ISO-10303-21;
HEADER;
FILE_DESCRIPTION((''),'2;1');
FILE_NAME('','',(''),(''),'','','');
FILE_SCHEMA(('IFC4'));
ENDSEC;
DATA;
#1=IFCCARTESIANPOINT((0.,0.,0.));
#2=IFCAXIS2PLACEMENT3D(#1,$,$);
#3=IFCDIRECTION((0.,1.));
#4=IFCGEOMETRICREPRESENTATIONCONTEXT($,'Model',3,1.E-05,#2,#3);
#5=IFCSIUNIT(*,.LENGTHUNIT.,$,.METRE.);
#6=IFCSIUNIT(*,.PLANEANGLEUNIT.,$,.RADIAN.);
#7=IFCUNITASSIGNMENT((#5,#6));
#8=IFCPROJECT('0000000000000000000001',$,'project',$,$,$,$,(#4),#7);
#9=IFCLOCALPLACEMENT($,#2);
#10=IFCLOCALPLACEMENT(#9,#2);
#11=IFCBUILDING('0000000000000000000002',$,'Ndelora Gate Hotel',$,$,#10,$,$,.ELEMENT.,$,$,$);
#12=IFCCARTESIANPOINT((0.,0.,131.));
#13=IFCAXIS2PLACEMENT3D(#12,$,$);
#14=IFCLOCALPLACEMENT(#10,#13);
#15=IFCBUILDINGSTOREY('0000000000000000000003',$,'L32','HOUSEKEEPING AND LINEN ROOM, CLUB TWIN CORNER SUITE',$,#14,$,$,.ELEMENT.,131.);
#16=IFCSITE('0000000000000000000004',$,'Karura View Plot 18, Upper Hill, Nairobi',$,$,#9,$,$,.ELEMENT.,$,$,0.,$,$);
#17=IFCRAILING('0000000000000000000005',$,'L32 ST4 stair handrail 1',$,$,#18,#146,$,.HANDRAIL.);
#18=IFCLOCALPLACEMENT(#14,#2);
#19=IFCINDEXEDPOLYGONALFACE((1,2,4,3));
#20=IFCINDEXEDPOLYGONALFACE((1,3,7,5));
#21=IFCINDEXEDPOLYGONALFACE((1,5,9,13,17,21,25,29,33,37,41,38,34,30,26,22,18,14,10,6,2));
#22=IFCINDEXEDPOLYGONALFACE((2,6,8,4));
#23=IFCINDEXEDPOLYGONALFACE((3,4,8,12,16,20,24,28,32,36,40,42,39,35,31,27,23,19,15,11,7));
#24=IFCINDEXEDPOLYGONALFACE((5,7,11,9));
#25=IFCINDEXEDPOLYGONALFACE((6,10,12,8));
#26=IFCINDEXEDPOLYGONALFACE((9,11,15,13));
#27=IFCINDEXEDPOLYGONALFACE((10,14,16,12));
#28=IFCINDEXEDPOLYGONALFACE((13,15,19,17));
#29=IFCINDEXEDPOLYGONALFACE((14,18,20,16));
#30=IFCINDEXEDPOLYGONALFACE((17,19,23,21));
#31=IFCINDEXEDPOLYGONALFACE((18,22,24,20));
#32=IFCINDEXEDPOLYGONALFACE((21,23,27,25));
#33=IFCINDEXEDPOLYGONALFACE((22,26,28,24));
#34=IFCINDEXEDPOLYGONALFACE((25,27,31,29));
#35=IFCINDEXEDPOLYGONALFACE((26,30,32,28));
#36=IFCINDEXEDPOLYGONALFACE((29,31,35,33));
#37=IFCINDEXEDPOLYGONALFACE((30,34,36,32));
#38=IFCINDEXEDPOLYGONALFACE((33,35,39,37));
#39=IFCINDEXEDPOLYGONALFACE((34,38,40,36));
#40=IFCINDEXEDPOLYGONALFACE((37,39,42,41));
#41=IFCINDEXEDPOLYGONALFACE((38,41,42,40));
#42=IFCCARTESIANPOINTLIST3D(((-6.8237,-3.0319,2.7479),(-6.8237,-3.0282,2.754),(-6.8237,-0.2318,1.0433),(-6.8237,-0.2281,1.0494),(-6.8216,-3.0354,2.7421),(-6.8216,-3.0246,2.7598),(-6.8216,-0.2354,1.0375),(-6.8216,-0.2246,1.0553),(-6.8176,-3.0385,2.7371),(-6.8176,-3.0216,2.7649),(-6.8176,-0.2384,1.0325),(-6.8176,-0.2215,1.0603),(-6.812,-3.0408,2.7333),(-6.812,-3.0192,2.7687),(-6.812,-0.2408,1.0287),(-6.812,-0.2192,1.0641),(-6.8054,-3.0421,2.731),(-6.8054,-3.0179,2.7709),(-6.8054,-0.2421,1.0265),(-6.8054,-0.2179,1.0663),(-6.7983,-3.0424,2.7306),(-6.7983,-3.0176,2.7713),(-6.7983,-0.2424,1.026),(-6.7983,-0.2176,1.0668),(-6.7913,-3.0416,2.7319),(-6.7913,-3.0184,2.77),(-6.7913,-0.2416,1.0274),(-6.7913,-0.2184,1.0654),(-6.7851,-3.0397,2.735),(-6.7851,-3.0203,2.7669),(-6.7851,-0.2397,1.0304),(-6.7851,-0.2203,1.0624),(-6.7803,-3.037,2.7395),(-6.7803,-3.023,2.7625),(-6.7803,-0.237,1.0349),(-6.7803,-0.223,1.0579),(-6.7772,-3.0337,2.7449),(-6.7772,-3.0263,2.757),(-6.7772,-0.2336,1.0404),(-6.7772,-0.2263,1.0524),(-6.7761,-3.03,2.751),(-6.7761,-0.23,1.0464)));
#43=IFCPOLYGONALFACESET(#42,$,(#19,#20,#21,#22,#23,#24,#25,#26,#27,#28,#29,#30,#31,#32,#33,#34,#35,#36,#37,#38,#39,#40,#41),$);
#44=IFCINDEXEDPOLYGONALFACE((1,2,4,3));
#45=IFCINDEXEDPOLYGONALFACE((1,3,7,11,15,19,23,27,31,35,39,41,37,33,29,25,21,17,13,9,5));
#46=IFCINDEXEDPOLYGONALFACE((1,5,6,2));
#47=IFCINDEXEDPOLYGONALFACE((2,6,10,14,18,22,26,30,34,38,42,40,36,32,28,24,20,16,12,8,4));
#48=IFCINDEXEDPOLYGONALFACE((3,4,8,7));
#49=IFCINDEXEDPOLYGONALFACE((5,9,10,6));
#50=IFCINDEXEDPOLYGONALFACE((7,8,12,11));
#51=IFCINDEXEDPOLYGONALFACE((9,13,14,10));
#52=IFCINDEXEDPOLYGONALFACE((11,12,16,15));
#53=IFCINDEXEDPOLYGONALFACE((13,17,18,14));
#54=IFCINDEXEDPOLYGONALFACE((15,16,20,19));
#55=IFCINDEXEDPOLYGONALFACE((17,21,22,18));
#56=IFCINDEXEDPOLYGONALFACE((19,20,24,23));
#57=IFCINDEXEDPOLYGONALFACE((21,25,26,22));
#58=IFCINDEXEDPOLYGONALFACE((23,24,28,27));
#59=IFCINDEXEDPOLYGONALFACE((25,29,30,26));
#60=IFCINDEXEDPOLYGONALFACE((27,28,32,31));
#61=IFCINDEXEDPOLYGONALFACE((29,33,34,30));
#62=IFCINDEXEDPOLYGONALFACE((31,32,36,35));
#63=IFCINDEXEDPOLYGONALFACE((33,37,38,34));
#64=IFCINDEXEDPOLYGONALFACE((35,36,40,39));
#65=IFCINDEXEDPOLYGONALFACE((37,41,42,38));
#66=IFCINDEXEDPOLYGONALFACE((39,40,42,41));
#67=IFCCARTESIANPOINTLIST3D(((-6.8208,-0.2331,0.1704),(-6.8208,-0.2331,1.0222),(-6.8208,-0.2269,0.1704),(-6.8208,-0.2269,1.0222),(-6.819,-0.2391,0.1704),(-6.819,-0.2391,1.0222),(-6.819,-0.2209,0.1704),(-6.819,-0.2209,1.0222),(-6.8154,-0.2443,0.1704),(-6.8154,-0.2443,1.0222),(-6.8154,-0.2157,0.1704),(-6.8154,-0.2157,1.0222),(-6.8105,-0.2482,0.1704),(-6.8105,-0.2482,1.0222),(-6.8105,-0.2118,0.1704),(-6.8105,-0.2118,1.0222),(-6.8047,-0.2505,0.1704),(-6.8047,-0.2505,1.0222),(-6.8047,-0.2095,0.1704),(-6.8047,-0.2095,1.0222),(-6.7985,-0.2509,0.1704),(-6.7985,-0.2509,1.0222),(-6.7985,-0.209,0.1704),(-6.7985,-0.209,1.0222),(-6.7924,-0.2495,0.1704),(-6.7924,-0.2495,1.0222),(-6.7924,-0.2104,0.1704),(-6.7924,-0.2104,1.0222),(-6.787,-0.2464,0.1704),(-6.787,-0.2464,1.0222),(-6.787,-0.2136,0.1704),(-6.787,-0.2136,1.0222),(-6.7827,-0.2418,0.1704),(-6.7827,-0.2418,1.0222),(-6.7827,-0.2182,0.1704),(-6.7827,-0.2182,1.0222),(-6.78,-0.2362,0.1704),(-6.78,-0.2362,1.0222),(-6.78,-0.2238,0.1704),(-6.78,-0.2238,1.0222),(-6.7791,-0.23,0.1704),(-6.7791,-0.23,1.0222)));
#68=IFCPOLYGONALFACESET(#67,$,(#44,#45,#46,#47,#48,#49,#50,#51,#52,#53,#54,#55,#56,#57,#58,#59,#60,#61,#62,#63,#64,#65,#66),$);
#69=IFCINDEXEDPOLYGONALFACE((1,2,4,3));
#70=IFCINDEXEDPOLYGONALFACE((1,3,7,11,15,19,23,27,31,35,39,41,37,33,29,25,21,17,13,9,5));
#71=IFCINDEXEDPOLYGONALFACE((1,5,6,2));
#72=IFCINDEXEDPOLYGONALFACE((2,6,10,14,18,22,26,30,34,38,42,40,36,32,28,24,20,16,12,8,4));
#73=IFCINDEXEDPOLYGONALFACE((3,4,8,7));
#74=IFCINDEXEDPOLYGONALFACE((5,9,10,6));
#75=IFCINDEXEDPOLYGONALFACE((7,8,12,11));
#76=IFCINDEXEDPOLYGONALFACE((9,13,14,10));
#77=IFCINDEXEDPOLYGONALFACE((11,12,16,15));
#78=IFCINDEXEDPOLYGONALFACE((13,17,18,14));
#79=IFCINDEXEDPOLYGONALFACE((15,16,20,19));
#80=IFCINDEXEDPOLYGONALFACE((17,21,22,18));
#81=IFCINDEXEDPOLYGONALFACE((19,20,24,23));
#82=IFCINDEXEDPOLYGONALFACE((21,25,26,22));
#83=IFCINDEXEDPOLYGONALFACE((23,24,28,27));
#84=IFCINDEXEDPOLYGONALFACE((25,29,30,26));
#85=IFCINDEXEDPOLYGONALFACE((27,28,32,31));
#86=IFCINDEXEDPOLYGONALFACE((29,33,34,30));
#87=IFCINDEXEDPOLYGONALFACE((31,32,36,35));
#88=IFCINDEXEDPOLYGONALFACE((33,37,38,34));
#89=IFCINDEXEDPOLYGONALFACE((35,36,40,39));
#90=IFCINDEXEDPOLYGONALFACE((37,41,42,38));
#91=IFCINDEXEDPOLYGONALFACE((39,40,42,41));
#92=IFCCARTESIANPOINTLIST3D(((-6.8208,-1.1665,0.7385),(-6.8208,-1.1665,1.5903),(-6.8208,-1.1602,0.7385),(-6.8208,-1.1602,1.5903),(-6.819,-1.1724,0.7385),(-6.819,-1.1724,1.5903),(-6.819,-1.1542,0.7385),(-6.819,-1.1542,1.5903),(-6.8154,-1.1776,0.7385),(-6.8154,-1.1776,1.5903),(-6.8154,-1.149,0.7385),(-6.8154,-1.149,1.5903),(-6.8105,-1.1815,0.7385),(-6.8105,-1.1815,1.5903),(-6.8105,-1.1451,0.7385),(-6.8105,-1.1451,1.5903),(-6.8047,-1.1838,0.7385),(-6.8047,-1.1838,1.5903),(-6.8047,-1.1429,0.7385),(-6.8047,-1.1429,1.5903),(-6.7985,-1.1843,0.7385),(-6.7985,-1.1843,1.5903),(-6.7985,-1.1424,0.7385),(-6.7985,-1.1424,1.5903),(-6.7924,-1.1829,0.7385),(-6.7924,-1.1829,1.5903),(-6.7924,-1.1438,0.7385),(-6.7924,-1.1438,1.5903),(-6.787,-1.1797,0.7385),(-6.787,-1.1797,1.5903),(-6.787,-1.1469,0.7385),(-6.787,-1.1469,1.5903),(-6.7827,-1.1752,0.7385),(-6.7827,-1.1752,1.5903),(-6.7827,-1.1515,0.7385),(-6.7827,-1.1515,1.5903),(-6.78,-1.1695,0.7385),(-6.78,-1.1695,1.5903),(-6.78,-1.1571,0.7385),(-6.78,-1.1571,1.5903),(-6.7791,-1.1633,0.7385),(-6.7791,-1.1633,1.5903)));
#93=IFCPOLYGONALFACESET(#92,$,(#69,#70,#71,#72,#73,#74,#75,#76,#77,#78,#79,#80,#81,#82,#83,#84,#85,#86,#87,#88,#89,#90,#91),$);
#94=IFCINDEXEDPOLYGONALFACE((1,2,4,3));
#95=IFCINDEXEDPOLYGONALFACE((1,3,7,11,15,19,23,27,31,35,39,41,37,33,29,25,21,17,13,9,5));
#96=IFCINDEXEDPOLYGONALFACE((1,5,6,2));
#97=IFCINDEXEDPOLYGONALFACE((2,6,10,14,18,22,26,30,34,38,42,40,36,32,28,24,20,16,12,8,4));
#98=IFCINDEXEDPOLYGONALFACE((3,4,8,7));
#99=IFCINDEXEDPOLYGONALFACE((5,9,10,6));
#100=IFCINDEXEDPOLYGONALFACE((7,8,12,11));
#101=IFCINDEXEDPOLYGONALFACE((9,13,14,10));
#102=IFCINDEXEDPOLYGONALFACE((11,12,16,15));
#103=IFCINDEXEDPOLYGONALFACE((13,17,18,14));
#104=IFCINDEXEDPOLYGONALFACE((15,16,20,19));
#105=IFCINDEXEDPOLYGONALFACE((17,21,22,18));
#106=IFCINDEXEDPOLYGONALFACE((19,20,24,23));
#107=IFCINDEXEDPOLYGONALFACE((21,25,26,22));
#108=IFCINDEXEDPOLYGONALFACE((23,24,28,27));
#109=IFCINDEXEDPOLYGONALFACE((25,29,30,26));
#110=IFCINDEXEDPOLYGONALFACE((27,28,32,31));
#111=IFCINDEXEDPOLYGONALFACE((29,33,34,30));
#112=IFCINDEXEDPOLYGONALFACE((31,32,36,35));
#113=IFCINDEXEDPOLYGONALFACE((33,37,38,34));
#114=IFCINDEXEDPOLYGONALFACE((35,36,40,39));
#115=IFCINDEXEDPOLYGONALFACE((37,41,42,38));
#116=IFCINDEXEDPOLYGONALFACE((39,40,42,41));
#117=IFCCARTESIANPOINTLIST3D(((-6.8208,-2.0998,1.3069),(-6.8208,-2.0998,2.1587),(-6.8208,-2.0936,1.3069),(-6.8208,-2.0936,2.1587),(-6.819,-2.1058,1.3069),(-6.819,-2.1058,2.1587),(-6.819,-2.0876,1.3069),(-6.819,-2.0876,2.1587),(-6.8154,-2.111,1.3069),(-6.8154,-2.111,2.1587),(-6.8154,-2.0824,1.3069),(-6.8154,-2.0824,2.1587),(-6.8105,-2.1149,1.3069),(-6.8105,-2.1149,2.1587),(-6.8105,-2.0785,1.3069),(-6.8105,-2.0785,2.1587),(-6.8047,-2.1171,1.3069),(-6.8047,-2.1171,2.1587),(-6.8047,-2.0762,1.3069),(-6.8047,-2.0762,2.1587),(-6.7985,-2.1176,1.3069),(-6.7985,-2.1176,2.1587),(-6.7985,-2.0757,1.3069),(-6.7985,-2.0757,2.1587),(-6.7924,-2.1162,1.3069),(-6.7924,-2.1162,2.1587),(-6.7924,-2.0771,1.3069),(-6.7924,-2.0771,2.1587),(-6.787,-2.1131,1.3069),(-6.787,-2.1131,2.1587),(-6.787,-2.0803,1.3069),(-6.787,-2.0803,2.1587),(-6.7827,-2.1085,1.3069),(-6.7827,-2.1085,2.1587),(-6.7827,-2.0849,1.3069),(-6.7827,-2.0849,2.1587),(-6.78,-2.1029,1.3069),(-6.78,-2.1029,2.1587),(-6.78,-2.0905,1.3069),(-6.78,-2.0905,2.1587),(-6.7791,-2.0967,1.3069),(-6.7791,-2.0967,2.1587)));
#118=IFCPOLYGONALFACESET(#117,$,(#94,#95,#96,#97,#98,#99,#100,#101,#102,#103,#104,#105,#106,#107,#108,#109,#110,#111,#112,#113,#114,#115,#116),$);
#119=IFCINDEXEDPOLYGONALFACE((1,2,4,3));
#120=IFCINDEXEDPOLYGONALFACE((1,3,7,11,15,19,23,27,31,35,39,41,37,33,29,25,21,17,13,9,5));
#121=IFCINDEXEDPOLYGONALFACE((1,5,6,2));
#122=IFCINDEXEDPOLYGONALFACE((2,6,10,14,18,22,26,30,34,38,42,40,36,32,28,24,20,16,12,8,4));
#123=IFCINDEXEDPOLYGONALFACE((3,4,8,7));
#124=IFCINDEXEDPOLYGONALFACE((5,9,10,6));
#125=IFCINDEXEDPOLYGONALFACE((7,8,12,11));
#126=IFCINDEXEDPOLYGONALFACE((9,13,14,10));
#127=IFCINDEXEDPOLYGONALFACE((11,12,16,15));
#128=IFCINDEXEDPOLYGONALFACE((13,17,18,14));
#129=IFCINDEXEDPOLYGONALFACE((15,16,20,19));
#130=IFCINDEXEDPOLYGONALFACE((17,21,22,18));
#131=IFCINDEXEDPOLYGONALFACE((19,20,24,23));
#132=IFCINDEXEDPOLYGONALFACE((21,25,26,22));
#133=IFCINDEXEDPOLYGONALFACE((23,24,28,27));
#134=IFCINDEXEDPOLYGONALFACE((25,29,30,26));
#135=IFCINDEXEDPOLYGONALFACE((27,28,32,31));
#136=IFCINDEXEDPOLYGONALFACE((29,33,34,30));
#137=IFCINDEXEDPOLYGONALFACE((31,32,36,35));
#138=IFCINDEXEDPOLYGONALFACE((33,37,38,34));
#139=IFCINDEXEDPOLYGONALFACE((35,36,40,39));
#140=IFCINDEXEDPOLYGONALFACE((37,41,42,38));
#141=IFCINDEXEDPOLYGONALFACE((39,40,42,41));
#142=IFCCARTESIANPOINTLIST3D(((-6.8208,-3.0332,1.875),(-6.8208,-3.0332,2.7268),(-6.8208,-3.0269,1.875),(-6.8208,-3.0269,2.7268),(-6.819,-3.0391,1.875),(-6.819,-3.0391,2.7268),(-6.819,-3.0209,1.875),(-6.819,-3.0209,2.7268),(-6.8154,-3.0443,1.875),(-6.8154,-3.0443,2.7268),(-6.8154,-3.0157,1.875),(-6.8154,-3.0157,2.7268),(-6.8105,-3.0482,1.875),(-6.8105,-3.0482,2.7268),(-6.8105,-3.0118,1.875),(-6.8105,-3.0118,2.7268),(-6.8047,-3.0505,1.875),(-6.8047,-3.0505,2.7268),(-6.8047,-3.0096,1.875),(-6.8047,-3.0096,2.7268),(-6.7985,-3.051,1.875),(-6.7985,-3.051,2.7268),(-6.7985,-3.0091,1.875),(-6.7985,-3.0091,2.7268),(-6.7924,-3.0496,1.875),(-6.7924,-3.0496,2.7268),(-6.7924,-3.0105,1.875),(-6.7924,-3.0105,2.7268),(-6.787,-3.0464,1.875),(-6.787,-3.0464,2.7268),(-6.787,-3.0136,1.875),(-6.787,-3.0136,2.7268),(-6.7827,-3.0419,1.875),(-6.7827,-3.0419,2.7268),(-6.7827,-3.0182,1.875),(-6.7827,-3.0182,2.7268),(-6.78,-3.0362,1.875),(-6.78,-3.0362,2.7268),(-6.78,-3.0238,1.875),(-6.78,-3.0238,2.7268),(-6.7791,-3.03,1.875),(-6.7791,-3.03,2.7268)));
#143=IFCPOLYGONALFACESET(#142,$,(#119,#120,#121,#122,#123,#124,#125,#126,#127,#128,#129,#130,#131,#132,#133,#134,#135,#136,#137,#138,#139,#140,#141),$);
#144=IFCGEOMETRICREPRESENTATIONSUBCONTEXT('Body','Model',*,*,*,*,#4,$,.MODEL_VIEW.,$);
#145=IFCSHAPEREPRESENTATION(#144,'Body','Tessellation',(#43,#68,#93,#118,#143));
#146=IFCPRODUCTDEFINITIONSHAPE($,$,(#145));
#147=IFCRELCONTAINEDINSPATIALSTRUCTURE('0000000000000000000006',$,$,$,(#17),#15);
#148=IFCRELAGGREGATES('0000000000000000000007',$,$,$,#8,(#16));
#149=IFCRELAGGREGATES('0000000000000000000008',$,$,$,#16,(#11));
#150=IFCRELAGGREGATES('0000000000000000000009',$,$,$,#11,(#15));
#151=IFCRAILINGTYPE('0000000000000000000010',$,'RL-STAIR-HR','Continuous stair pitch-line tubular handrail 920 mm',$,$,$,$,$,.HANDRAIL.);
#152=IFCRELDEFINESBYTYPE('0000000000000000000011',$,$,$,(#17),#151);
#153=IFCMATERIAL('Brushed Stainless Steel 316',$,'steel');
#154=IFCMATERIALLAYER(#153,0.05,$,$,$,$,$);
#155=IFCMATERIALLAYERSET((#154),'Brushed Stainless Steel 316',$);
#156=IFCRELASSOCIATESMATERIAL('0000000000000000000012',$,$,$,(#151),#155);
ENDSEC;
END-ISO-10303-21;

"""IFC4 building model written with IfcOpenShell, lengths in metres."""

from ifc_helpers import new_model, si_unit, direction, frame, origin, origin_2d, place, context, subcontext, project, spatial, circle, extrude, material, layer, layer_set, type_object, element, save


model = new_model("IFC4")

# Units and contexts
model_context = context("Model", 3, precision=1e-05, world=origin(), true_north=direction((0.0, 1.0)))
body_context = subcontext(model_context, "Body", "Model", "MODEL_VIEW")
ifc_project = project(units=[si_unit("LENGTHUNIT", "METRE"), si_unit("PLANEANGLEUNIT", "RADIAN")], contexts=[model_context])

# Site, building, storey
site_placement = place(None, origin())
site = spatial("IfcSite", under=ifc_project, at=site_placement, Name="Karura View Plot 18, Upper Hill, Nairobi", CompositionType="ELEMENT", RefElevation=0.0)
building_placement = place(site_placement, origin())
building = spatial("IfcBuilding", under=site, at=building_placement, Name="Ndelora Gate Hotel", CompositionType="ELEMENT")
storey_placement = place(building_placement, frame((0.0, 0.0, 131.0)))
storey = spatial("IfcBuildingStorey", under=building, at=storey_placement, Name="L32", Description="HOUSEKEEPING AND LINEN ROOM, CLUB TWIN CORNER SUITE", CompositionType="ELEMENT", Elevation=131.0)

# Railing
ifc_material_1 = material(Name="Brushed Stainless Steel 316", Category="steel")
ifc_layer_1 = layer(ifc_material_1, 0.05)
ifc_layer_set_1 = layer_set([ifc_layer_1], Name="Brushed Stainless Steel 316")
railing_type_1 = type_object("IfcRailingType", Name="RL-STAIR-HR", Description="Continuous stair pitch-line tubular handrail 920 mm", PredefinedType="HANDRAIL", material=ifc_layer_set_1)
railing_1_placement = place(storey_placement, frame((-6.8, -0.23, 0.1704)))
element("IfcRailing", 1, at=railing_1_placement, inside=storey, type_object=railing_type_1, Name="L32 ST4 stair handrail 1", PredefinedType="HANDRAIL", context=body_context, shape_type="SweptSolid", body=[
    extrude(circle(Radius=0.0239, at=origin_2d()), frame((0.0, 0.0, 0.876), z_axis=(0.0, -0.85417, 0.519994), x_axis=(1.0, 0.0, 0.0)), (0.0, 0.0, 1.0), 3.2781),
    extrude(circle(Radius=0.021, at=origin_2d()), origin(), (0.0, 0.0, 1.0), 0.8518),
    extrude(circle(Radius=0.021, at=origin_2d()), frame((0.0, -0.9333, 0.5681)), (0.0, 0.0, 1.0), 0.8518),
    extrude(circle(Radius=0.021, at=origin_2d()), frame((0.0, -1.8667, 1.1365)), (0.0, 0.0, 1.0), 0.8518),
    extrude(circle(Radius=0.021, at=origin_2d()), frame((0.0, -2.8, 1.7046)), (0.0, 0.0, 1.0), 0.8518),
])

save(model, "model.ifc")
